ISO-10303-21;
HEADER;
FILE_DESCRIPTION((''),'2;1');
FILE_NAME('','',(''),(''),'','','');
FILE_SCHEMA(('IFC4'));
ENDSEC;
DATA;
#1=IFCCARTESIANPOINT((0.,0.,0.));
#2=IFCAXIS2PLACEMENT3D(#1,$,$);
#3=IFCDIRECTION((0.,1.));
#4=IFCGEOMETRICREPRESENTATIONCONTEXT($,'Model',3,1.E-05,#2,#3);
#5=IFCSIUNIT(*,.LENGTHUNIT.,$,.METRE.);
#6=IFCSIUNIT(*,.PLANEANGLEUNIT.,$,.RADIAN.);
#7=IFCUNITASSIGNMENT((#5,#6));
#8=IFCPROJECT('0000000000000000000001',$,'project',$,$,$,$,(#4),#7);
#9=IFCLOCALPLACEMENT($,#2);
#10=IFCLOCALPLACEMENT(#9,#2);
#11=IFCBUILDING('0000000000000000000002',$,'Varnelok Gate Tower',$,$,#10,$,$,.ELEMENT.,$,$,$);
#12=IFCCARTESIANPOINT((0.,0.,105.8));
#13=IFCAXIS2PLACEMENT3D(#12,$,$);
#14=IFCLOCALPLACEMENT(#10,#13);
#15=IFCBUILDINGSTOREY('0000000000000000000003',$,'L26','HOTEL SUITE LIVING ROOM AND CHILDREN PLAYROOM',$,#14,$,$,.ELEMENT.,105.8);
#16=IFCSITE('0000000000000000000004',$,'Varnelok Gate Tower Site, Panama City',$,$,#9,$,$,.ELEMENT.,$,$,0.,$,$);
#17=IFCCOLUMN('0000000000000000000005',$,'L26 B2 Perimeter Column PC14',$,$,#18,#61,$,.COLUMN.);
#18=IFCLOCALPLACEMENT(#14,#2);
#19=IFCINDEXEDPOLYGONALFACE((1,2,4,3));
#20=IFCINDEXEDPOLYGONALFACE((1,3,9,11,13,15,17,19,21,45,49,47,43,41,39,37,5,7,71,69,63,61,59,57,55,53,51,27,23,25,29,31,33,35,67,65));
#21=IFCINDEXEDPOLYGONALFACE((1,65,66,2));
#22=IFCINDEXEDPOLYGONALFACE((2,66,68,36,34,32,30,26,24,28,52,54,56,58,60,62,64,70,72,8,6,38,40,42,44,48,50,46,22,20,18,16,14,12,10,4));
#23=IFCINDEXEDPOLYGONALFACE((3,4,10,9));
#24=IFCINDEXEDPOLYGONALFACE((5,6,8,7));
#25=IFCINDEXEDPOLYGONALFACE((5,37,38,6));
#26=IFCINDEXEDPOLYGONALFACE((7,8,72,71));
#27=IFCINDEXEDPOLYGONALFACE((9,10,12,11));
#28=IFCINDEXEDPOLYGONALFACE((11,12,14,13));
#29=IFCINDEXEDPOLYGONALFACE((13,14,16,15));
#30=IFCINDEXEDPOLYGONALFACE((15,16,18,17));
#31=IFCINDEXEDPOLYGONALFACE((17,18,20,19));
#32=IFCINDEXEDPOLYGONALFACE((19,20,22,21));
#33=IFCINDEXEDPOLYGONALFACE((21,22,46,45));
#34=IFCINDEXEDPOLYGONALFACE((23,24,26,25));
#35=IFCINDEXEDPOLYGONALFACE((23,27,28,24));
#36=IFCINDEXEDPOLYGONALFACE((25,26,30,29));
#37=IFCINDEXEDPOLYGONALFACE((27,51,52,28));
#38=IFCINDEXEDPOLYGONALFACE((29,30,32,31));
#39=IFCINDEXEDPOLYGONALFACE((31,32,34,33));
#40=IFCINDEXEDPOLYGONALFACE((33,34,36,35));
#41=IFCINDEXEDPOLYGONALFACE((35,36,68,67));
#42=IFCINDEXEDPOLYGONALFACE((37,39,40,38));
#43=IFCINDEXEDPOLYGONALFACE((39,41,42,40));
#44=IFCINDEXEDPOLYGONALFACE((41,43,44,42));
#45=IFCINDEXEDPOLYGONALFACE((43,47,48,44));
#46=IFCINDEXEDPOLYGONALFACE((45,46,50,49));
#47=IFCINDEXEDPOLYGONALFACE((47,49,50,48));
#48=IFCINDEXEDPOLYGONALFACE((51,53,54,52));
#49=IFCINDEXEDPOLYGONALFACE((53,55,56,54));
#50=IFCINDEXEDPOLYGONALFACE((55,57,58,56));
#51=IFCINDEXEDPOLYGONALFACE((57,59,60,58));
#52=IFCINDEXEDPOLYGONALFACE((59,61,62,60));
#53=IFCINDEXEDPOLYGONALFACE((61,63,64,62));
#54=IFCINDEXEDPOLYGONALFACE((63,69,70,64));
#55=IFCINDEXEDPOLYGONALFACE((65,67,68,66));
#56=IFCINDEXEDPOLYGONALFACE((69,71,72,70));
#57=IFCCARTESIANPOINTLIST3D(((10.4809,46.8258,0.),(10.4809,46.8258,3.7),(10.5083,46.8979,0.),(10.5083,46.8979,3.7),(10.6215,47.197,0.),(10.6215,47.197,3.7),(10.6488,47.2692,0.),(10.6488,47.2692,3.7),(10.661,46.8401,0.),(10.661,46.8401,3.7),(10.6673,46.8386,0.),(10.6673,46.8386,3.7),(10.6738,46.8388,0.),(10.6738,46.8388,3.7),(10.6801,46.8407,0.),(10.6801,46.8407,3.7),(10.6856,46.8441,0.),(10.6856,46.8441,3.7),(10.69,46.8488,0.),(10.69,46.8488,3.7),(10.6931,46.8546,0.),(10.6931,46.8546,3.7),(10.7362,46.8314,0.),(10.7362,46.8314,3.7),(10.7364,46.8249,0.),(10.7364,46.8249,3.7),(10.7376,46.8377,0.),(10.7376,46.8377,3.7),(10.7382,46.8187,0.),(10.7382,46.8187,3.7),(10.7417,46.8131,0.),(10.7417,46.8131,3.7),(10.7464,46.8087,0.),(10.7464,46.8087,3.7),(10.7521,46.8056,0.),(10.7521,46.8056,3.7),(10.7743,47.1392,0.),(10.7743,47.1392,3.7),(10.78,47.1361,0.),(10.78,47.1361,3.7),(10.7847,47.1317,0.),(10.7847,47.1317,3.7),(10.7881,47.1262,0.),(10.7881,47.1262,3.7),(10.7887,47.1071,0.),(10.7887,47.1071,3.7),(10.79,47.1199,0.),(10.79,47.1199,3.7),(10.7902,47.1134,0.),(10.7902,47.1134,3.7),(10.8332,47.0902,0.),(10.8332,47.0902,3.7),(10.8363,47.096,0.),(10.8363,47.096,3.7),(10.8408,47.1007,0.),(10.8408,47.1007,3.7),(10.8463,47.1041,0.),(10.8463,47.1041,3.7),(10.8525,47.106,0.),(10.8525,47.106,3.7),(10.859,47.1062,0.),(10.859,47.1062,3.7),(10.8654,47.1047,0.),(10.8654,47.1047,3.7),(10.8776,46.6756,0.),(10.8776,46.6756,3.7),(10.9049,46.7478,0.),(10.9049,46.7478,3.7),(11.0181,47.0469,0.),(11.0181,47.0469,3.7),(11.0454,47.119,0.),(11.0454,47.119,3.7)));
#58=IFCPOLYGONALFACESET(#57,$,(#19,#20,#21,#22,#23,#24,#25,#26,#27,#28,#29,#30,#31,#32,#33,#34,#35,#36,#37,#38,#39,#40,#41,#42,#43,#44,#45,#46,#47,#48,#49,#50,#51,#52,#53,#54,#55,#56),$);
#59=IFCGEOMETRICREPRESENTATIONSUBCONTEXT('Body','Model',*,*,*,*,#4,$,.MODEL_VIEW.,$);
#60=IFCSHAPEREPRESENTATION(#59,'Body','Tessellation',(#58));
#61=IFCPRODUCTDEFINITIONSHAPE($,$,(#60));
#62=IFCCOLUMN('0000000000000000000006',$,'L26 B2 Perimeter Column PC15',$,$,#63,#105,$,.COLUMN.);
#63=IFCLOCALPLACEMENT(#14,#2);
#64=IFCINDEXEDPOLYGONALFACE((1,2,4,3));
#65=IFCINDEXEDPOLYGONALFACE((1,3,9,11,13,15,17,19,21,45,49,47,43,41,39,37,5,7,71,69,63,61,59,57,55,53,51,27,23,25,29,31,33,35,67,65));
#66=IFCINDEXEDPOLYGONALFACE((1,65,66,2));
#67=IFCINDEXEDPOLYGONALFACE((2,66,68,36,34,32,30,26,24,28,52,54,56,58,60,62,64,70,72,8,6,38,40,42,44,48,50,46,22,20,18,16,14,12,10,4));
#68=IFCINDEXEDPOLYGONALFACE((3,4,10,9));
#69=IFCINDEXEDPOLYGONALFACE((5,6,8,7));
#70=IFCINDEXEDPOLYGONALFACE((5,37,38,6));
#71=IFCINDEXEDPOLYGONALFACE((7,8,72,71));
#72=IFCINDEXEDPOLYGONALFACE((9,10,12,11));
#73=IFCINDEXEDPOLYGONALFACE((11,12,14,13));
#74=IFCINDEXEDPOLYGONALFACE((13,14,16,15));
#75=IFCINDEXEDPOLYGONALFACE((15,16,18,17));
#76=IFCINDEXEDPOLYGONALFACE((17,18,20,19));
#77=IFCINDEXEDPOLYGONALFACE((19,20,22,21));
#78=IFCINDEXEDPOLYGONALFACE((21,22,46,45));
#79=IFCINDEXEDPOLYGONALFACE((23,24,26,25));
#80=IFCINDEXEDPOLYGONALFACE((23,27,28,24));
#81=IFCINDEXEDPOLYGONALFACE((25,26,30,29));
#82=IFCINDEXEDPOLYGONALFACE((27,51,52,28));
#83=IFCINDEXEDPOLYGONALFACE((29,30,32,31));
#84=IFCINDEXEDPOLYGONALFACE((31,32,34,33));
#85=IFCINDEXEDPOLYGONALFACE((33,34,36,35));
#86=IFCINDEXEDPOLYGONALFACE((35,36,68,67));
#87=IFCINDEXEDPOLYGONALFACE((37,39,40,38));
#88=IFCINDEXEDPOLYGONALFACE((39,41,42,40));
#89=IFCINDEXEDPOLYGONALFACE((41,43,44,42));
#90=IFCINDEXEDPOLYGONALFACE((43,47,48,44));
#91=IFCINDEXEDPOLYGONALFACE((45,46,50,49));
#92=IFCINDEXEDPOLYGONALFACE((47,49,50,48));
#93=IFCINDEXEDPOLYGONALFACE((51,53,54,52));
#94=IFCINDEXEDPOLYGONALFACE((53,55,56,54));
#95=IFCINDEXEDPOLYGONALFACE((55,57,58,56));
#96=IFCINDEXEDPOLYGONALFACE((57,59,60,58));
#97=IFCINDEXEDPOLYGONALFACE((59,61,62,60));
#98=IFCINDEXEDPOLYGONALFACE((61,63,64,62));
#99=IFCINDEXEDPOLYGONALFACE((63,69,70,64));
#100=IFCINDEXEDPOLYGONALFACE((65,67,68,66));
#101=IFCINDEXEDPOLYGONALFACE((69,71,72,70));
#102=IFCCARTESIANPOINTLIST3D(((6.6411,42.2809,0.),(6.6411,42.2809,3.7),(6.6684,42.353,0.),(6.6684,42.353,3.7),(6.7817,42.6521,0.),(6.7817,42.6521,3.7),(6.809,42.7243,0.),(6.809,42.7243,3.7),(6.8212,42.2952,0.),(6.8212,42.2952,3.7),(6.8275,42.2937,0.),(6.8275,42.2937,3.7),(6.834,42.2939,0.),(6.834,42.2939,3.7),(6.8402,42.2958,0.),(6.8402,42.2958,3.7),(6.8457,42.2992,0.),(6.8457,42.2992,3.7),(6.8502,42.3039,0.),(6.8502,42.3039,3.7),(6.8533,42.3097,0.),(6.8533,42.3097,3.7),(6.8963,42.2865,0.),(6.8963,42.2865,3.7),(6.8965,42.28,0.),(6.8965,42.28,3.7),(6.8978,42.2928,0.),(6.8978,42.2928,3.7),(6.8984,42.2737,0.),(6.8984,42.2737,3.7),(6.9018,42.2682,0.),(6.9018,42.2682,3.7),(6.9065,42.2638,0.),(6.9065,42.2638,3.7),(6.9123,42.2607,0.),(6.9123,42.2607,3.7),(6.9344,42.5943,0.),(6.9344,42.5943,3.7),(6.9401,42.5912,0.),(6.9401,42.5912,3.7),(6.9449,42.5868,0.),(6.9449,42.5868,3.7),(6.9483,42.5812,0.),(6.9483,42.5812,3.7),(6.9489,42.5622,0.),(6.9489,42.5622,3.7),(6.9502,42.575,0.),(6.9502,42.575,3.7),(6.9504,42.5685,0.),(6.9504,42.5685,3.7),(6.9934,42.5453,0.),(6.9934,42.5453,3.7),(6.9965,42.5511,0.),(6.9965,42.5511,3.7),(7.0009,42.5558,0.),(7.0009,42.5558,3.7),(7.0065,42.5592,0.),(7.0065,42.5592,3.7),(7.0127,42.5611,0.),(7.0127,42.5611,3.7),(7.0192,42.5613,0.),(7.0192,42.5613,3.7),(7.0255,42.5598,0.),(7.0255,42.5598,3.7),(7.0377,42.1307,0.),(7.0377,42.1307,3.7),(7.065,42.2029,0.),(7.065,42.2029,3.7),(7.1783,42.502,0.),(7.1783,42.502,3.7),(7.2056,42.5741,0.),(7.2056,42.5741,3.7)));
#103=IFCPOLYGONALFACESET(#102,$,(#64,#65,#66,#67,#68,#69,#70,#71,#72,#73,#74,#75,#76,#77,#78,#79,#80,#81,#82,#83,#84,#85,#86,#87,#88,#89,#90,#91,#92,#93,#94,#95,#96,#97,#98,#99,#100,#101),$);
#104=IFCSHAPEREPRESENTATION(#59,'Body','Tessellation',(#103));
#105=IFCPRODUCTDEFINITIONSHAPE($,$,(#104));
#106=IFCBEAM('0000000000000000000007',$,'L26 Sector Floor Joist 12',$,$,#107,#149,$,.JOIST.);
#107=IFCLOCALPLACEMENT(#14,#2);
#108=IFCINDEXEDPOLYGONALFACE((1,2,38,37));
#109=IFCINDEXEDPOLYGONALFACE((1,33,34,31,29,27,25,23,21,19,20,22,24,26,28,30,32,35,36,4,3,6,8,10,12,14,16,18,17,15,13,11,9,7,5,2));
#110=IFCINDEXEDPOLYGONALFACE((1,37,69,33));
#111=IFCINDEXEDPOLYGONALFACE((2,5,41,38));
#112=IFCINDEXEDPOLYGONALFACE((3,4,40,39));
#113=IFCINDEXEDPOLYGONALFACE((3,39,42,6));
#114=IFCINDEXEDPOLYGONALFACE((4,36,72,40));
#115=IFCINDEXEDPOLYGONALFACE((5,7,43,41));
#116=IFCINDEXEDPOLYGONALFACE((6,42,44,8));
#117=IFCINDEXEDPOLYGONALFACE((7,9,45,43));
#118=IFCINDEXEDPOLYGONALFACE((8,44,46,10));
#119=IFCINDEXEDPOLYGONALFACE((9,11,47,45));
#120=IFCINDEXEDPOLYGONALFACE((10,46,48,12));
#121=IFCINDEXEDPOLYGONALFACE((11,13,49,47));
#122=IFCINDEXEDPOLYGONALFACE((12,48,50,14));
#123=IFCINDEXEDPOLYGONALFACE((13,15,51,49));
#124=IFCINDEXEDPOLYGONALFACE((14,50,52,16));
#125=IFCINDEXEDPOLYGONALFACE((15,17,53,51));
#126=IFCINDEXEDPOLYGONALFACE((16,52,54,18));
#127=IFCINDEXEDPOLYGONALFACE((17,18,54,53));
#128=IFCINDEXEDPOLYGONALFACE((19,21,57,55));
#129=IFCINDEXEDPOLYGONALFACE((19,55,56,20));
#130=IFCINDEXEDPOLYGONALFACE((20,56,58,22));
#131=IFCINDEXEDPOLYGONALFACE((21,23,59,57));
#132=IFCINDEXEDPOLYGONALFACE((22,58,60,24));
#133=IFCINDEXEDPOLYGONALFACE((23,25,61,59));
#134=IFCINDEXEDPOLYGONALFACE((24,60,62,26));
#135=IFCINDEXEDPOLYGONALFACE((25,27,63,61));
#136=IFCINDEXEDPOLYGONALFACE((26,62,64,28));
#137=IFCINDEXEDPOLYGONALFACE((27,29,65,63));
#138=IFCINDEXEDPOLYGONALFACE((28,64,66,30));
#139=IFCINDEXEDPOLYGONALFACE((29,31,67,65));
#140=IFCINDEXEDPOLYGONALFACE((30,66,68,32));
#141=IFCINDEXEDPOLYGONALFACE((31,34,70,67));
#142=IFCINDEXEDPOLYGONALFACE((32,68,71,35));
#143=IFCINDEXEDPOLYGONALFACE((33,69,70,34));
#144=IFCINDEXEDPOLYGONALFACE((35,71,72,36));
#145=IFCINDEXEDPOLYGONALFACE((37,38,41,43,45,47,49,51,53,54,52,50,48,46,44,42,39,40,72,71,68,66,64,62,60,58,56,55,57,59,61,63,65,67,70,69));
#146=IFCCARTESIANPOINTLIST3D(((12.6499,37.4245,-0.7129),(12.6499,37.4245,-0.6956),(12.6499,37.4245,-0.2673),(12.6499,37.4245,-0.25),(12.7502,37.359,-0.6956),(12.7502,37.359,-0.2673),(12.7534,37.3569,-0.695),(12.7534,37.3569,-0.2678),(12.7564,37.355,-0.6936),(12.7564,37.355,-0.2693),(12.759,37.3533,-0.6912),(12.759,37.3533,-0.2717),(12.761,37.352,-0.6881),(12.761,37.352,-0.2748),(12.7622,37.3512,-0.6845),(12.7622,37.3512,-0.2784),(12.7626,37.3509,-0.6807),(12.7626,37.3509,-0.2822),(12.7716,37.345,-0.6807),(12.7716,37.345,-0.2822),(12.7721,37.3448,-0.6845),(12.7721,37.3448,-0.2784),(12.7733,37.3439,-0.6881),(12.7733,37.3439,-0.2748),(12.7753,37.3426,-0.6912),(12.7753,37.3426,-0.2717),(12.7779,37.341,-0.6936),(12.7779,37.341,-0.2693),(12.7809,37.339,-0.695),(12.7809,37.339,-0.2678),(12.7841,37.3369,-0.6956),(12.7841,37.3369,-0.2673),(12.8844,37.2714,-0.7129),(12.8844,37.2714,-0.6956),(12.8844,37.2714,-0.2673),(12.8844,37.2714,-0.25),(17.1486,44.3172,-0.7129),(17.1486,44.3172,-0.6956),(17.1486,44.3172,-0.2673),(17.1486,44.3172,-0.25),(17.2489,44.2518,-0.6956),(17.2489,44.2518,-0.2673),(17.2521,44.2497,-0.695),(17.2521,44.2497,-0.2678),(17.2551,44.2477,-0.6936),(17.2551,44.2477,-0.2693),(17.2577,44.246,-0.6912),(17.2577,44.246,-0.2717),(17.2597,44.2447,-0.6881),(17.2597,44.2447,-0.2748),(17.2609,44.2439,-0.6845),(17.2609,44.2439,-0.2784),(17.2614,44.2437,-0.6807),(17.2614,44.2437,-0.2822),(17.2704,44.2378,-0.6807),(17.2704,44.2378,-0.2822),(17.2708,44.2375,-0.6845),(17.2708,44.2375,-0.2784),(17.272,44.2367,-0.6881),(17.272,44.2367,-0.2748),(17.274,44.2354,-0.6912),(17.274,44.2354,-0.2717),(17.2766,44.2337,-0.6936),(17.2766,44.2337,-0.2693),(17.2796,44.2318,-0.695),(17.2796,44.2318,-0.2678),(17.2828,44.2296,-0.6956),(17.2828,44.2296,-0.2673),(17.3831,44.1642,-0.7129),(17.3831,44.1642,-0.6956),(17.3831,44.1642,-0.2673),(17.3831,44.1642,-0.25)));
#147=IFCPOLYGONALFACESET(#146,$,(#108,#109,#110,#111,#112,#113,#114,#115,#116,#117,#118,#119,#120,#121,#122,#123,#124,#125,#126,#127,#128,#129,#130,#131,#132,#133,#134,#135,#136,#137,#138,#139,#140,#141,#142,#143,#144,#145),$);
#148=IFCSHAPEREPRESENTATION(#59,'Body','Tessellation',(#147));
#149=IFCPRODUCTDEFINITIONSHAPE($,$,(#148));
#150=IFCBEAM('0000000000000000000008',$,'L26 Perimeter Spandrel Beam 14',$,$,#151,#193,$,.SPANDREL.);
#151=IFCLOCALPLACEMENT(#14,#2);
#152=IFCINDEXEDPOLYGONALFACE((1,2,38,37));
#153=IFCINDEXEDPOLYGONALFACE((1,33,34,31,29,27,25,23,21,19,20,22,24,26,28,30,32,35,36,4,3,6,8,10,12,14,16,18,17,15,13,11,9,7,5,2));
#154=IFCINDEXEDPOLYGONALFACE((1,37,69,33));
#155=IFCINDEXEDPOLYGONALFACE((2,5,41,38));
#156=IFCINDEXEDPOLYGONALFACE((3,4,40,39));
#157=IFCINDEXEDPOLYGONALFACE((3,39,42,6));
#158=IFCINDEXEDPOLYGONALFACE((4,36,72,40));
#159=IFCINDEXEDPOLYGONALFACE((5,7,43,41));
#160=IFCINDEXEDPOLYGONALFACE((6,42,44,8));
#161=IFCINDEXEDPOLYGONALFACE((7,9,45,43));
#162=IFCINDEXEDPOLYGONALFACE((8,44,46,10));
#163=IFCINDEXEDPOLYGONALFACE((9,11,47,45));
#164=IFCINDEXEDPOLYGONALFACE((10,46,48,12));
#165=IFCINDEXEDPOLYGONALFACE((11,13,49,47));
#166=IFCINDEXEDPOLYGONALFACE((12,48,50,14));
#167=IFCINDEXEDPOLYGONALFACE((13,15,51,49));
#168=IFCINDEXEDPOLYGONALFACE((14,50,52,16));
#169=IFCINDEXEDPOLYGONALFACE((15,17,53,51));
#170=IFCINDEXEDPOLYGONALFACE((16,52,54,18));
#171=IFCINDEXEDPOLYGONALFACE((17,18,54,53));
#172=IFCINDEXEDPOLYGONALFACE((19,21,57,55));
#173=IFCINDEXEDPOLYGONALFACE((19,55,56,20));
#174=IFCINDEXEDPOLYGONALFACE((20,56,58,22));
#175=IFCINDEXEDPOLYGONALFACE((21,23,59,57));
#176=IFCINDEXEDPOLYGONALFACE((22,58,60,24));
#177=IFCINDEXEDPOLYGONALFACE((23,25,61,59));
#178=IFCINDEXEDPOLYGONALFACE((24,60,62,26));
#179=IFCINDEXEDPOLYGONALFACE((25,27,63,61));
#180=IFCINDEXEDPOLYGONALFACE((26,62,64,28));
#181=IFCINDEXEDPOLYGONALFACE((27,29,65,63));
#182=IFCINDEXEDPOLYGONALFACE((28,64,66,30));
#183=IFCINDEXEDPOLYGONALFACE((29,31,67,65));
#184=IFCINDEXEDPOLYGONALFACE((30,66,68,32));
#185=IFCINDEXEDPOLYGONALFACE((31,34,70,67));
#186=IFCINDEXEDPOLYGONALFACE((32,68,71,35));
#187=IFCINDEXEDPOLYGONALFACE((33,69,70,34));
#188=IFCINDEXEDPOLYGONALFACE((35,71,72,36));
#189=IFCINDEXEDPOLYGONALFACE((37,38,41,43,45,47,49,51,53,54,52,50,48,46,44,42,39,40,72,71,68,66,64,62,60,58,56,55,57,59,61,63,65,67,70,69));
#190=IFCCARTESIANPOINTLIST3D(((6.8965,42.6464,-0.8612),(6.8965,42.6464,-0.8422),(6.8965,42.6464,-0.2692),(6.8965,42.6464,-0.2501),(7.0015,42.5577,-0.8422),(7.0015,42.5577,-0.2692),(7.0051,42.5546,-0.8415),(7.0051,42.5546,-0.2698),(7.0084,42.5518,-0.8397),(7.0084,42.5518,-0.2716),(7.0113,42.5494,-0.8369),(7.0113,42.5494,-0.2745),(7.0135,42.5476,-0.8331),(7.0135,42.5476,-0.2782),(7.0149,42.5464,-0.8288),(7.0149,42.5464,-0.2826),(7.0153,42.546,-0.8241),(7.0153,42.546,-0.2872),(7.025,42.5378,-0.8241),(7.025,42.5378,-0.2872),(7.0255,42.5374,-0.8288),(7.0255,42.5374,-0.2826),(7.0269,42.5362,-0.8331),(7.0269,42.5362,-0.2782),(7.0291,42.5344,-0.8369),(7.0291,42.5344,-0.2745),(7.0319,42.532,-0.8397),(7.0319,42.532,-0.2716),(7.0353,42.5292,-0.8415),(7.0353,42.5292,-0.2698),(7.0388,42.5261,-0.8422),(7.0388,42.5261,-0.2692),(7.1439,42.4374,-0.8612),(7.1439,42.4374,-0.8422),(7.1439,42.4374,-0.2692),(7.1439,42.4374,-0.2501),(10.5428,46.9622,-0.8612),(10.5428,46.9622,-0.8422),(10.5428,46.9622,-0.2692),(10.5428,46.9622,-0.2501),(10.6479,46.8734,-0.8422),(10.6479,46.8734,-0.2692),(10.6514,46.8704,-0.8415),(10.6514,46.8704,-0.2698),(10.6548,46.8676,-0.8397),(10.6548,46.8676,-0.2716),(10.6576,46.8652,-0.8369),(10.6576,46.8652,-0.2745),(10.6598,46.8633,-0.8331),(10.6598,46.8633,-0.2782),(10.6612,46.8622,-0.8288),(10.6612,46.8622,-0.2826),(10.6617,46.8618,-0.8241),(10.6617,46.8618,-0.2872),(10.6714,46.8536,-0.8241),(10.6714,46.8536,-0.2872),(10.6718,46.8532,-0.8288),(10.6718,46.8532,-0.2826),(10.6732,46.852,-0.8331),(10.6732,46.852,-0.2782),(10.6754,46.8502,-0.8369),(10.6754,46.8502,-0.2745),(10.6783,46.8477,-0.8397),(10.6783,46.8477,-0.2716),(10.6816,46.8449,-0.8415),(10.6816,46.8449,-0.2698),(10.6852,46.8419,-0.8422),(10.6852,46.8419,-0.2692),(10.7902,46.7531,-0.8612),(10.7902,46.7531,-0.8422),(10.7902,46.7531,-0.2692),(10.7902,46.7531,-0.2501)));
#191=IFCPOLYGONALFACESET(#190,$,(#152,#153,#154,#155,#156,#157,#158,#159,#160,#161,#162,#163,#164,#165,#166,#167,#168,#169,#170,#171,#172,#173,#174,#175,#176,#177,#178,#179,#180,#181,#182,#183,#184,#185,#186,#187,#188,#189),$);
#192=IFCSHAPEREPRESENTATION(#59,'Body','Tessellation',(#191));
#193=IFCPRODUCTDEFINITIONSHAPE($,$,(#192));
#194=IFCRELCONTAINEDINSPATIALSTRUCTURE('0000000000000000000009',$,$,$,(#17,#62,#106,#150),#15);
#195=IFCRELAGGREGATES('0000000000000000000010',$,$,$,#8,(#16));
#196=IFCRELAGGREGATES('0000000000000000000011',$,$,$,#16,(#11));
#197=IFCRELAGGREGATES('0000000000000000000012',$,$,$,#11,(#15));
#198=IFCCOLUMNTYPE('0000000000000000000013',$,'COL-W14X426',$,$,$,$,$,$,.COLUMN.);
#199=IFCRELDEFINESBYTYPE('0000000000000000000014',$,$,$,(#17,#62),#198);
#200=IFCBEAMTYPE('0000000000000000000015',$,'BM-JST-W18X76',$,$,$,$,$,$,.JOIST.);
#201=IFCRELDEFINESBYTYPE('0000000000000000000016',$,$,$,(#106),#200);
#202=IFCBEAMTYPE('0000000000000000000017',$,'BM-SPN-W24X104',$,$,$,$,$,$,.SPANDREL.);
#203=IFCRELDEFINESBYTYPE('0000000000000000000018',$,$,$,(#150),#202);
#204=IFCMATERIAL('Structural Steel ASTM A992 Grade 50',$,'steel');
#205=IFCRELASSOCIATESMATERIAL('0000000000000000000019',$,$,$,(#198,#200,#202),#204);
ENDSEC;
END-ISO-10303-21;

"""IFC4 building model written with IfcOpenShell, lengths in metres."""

from ifc_helpers import new_model, si_unit, direction, frame, origin, origin_2d, place, context, subcontext, project, spatial, i_section, extrude, material, material_profile, profile_set, type_object, element, save


model = new_model("IFC4")

# Units and contexts
model_context = context("Model", 3, precision=1e-05, world=origin(), true_north=direction((0.0, 1.0)))
body_context = subcontext(model_context, "Body", "Model", "MODEL_VIEW")
ifc_project = project(units=[si_unit("LENGTHUNIT", "METRE"), si_unit("PLANEANGLEUNIT", "RADIAN")], contexts=[model_context])

# Site, building, storey
site_placement = place(None, origin())
site = spatial("IfcSite", under=ifc_project, at=site_placement, Name="Varnelok Gate Tower Site, Panama City", CompositionType="ELEMENT", RefElevation=0.0)
building_placement = place(site_placement, origin())
building = spatial("IfcBuilding", under=site, at=building_placement, Name="Varnelok Gate Tower", CompositionType="ELEMENT")
storey_placement = place(building_placement, frame((0.0, 0.0, 105.8)))
storey = spatial("IfcBuildingStorey", under=building, at=storey_placement, Name="L26", Description="HOTEL SUITE LIVING ROOM AND CHILDREN PLAYROOM", CompositionType="ELEMENT", Elevation=105.8)

# Columns
ifc_material_1 = material(Name="Structural Steel ASTM A992 Grade 50", Category="steel")
ifc_material_profile_1 = material_profile(ifc_material_1, i_section(OverallWidth=0.4241, OverallDepth=0.4741, WebThickness=0.0476, FlangeThickness=0.0771, FilletRadius=0.0249, at=origin_2d()), Name="W14X426")
ifc_profile_set_1 = profile_set([ifc_material_profile_1], Name="Structural Steel ASTM A992 Grade 50")
column_type = type_object("IfcColumnType", Name="COL-W14X426", PredefinedType="COLUMN", material=ifc_profile_set_1)
for number, where, z_axis, x_axis, name in (
    (1, (10.7632, 46.9724, 0.0), (0.0, 0.0, 1.0), (0.935222, -0.354063, 0.0), "L26 B2 Perimeter Column PC14"),
    (2, (6.9233, 42.4275, 0.0), (0.0, 0.0, 1.0), (0.935222, -0.354063, 0.0), "L26 B2 Perimeter Column PC15"),
):
    element("IfcColumn", number, at=place(storey_placement, frame(where, z_axis=z_axis, x_axis=x_axis)), inside=storey, type_object=column_type, Name=name, PredefinedType="COLUMN", context=body_context, shape_type="SweptSolid", body=[
        extrude(i_section(OverallWidth=0.4241, OverallDepth=0.4741, WebThickness=0.0476, FlangeThickness=0.0771, FilletRadius=0.0249, at=origin_2d()), origin(), (0.0, 0.0, 1.0), 3.7),
    ])

# Beams
ifc_material_profile_2 = material_profile(ifc_material_1, i_section(OverallWidth=0.28, OverallDepth=0.4629, WebThickness=0.0107, FlangeThickness=0.0173, FilletRadius=0.0149, at=origin_2d()), Name="W18X76")
ifc_profile_set_2 = profile_set([ifc_material_profile_2], Name="Structural Steel ASTM A992 Grade 50")
beam_type_1 = type_object("IfcBeamType", Name="BM-JST-W18X76", PredefinedType="JOIST", material=ifc_profile_set_2)
beam_1_placement = place(storey_placement, frame((17.2659, 44.2407, -0.4814), z_axis=(-0.546563, -0.837418, 0.0), x_axis=(0.837418, -0.546563, 0.0)))
element("IfcBeam", 3, at=beam_1_placement, inside=storey, type_object=beam_type_1, Name="L26 Sector Floor Joist 12", PredefinedType="JOIST", context=body_context, shape_type="SweptSolid", body=[
    extrude(i_section(OverallWidth=0.28, OverallDepth=0.4629, WebThickness=0.0107, FlangeThickness=0.0173, FilletRadius=0.0149, at=origin_2d()), origin(), (0.0, 0.0, 1.0), 8.231),
])
ifc_material_profile_3 = material_profile(ifc_material_1, i_section(OverallWidth=0.324, OverallDepth=0.6111, WebThickness=0.0127, FlangeThickness=0.019, FilletRadius=0.0181, at=origin_2d()), Name="W24X104")
ifc_profile_set_3 = profile_set([ifc_material_profile_3], Name="Structural Steel ASTM A992 Grade 50")
beam_type_2 = type_object("IfcBeamType", Name="BM-SPN-W24X104", PredefinedType="SPANDREL", material=ifc_profile_set_3)
beam_2_placement = place(storey_placement, frame((10.6665, 46.8577, -0.5557), z_axis=(-0.645376, -0.763865, 0.0), x_axis=(0.763865, -0.645376, 0.0)))
element("IfcBeam", 4, at=beam_2_placement, inside=storey, type_object=beam_type_2, Name="L26 Perimeter Spandrel Beam 14", PredefinedType="SPANDREL", context=body_context, shape_type="SweptSolid", body=[
    extrude(i_section(OverallWidth=0.324, OverallDepth=0.6111, WebThickness=0.0127, FlangeThickness=0.019, FilletRadius=0.0181, at=origin_2d()), origin(), (0.0, 0.0, 1.0), 5.6499),
])

save(model, "model.ifc")
